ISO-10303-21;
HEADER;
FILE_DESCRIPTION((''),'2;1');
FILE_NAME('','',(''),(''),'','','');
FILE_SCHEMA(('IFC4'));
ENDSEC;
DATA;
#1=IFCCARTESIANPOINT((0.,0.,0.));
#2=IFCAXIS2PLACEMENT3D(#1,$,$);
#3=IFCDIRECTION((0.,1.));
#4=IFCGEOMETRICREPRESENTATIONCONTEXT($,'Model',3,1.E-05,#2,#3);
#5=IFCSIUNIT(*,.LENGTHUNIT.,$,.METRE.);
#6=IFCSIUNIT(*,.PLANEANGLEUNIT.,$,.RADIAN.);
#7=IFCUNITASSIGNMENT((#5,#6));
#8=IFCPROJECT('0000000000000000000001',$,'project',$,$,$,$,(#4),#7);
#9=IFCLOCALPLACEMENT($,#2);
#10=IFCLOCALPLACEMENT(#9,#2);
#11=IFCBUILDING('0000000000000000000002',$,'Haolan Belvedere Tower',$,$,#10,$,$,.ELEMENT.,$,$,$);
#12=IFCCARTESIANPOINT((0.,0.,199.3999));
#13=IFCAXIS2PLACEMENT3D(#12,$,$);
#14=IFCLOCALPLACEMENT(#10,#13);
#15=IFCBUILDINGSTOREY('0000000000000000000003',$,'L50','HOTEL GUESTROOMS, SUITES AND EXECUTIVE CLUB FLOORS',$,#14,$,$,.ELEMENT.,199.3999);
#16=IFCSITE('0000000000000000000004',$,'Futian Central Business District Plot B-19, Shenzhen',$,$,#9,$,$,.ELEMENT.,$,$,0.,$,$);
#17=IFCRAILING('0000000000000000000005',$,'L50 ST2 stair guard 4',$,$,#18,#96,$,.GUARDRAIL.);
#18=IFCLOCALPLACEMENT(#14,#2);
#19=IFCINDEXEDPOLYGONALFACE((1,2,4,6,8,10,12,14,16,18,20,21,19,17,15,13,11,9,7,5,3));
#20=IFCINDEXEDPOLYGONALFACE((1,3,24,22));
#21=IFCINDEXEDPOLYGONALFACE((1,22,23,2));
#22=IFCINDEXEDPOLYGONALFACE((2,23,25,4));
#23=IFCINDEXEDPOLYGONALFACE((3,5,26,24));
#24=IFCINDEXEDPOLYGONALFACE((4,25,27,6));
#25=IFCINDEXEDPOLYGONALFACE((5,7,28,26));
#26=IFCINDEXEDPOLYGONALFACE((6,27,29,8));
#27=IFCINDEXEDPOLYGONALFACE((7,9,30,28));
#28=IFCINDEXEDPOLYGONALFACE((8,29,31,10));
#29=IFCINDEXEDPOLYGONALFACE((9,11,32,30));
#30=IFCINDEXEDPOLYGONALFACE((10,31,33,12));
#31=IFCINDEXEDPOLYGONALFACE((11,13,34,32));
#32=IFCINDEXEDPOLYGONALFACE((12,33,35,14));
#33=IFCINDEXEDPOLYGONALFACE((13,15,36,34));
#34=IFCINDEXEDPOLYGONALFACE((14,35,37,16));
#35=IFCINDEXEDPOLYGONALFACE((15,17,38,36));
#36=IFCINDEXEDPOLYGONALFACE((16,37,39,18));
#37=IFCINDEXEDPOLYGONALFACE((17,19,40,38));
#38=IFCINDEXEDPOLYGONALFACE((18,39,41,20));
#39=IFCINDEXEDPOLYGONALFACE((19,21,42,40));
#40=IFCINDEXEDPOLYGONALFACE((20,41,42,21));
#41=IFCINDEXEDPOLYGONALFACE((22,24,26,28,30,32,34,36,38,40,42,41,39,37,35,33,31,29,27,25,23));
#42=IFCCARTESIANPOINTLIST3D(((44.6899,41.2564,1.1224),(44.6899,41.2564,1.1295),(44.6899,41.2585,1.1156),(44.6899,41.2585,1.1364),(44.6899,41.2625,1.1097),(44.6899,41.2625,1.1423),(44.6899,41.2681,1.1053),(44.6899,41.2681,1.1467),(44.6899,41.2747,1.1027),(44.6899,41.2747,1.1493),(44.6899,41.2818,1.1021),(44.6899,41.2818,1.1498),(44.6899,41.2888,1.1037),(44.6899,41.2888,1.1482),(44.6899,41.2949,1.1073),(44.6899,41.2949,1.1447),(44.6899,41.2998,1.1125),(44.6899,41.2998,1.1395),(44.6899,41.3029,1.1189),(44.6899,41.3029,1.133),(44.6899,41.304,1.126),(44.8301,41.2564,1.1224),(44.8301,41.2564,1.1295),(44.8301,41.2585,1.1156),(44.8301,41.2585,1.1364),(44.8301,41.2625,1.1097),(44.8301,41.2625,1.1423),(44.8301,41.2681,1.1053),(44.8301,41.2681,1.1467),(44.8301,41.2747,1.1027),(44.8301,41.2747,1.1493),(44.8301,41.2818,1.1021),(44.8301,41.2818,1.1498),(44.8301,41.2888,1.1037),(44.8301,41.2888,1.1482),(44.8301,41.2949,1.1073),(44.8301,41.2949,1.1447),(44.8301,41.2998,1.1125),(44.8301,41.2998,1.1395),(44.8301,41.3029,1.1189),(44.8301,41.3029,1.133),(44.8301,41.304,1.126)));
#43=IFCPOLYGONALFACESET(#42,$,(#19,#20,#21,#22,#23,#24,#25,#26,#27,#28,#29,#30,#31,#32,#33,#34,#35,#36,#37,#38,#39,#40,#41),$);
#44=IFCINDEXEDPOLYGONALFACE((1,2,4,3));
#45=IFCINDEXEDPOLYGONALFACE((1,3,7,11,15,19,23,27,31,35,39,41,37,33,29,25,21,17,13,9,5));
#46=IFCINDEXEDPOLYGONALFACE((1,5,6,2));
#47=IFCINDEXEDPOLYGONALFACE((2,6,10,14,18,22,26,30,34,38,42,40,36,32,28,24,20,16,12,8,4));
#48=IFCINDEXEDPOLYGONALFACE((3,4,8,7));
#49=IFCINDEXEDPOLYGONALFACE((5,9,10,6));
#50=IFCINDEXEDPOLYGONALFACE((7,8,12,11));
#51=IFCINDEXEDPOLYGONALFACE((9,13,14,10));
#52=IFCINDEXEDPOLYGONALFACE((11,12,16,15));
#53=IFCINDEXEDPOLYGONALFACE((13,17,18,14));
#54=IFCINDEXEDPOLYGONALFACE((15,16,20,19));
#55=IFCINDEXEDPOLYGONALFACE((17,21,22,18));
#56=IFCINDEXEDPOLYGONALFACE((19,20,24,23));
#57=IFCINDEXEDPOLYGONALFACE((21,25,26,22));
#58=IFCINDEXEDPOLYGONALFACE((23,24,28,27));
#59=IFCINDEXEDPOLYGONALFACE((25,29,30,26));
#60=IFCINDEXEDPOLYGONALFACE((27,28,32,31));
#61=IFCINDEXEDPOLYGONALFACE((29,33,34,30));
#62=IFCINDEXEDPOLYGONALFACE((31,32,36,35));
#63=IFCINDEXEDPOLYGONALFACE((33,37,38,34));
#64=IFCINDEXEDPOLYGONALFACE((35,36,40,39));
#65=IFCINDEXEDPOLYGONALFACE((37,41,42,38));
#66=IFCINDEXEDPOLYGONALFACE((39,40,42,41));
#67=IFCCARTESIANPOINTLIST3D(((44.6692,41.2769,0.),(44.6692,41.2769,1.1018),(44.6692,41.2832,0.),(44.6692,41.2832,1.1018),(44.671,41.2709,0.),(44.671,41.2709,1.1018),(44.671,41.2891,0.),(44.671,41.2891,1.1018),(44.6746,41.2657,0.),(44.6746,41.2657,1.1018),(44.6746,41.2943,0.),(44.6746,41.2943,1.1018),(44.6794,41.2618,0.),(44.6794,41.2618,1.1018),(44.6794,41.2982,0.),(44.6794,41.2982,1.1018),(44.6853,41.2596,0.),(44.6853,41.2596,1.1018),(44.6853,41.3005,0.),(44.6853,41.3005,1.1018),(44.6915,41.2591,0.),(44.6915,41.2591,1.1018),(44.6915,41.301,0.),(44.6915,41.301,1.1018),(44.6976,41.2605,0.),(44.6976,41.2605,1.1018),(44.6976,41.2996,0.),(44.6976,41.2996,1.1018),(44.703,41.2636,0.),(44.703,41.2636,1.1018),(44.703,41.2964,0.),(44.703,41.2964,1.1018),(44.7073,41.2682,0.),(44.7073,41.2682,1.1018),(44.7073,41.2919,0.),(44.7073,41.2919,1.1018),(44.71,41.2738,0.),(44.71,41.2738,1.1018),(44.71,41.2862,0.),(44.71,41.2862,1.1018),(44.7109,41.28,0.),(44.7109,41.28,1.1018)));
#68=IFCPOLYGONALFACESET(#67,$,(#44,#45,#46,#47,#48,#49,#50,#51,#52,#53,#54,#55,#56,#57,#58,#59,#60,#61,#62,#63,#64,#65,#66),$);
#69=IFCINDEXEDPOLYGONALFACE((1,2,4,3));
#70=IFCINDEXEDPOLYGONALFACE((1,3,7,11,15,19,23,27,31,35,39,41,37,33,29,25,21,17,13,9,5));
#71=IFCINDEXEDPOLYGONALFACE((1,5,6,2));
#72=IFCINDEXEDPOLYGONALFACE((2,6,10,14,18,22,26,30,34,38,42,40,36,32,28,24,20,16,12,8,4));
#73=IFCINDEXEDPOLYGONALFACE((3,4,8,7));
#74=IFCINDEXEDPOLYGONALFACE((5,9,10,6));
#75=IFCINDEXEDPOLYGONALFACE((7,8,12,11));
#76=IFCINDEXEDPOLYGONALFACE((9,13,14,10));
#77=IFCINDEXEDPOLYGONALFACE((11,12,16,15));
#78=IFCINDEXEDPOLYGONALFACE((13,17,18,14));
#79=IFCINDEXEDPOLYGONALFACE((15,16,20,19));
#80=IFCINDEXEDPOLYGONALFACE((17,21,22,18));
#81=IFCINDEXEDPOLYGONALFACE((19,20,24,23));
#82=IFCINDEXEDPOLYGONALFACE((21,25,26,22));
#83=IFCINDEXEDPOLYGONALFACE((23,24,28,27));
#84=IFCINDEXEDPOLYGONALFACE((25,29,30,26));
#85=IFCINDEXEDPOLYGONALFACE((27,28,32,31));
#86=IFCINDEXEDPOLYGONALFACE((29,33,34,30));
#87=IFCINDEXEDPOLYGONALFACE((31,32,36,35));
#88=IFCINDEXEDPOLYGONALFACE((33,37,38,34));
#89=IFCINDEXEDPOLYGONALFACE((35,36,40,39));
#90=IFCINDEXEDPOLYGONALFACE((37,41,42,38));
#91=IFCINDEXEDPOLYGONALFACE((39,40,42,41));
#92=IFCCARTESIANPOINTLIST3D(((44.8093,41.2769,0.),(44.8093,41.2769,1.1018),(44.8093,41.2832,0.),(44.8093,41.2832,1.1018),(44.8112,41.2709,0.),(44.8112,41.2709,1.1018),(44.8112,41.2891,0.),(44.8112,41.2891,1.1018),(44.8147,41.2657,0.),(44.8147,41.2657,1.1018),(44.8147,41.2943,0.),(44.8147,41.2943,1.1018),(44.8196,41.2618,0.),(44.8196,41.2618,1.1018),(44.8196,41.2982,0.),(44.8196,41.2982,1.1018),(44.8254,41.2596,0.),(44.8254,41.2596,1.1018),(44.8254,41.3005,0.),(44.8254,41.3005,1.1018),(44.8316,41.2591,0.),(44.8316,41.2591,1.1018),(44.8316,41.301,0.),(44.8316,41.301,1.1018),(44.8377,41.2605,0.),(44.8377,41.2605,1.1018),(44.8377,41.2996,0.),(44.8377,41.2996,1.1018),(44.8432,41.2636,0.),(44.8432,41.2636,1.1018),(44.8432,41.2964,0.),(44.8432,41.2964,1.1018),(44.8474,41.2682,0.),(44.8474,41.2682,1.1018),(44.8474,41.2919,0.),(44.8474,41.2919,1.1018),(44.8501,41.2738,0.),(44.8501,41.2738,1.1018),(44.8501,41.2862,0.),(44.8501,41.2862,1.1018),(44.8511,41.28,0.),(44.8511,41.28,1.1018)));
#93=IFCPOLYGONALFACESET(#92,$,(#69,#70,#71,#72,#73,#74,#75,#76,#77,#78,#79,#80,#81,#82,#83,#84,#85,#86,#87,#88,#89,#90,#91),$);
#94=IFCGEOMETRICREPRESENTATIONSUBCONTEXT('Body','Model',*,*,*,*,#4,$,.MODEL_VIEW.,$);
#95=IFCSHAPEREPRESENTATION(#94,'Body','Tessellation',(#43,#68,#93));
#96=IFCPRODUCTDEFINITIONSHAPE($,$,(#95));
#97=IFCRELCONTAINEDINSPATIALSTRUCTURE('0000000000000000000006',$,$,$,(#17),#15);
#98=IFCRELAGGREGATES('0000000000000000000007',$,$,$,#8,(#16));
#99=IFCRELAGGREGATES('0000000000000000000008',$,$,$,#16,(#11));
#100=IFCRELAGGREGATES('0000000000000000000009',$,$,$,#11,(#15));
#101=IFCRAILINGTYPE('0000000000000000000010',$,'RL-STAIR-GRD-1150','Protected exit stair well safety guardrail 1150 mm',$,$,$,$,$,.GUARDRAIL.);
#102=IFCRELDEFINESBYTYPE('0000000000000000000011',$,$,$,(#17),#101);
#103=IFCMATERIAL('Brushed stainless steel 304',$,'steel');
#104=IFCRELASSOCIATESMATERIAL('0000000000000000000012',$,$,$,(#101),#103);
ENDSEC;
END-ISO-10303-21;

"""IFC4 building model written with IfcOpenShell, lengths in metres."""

from ifc_helpers import new_model, si_unit, direction, frame, origin, origin_2d, place, context, subcontext, project, spatial, circle, extrude, material, type_object, element, save


model = new_model("IFC4")

# Units and contexts
model_context = context("Model", 3, precision=1e-05, world=origin(), true_north=direction((0.0, 1.0)))
body_context = subcontext(model_context, "Body", "Model", "MODEL_VIEW")
ifc_project = project(units=[si_unit("LENGTHUNIT", "METRE"), si_unit("PLANEANGLEUNIT", "RADIAN")], contexts=[model_context])

# Site, building, storey
site_placement = place(None, origin())
site = spatial("IfcSite", under=ifc_project, at=site_placement, Name="Futian Central Business District Plot B-19, Shenzhen", CompositionType="ELEMENT", RefElevation=0.0)
building_placement = place(site_placement, origin())
building = spatial("IfcBuilding", under=site, at=building_placement, Name="Haolan Belvedere Tower", CompositionType="ELEMENT")
storey_placement = place(building_placement, frame((0.0, 0.0, 199.3999)))
storey = spatial("IfcBuildingStorey", under=building, at=storey_placement, Name="L50", Description="HOTEL GUESTROOMS, SUITES AND EXECUTIVE CLUB FLOORS", CompositionType="ELEMENT", Elevation=199.3999)

# Railing
ifc_material_1 = material(Name="Brushed stainless steel 304", Category="steel")
railing_type_1 = type_object("IfcRailingType", Name="RL-STAIR-GRD-1150", Description="Protected exit stair well safety guardrail 1150 mm", PredefinedType="GUARDRAIL", material=ifc_material_1)
railing_1_placement = place(storey_placement, frame((44.6899, 41.28, 0.0)))
element("IfcRailing", 1, at=railing_1_placement, inside=storey, type_object=railing_type_1, Name="L50 ST2 stair guard 4", PredefinedType="GUARDRAIL", context=body_context, shape_type="SweptSolid", body=[
    extrude(circle(Radius=0.0239, at=origin_2d()), frame((0.0, 0.0, 1.126), z_axis=(1.0, 0.0, 0.0), x_axis=(0.0, 1.0, 0.0)), (0.0, 0.0, 1.0), 0.1401),
    extrude(circle(Radius=0.021, at=origin_2d()), origin(), (0.0, 0.0, 1.0), 1.1018),
    extrude(circle(Radius=0.021, at=origin_2d()), frame((0.1401, 0.0, 0.0)), (0.0, 0.0, 1.0), 1.1018),
])

save(model, "model.ifc")
